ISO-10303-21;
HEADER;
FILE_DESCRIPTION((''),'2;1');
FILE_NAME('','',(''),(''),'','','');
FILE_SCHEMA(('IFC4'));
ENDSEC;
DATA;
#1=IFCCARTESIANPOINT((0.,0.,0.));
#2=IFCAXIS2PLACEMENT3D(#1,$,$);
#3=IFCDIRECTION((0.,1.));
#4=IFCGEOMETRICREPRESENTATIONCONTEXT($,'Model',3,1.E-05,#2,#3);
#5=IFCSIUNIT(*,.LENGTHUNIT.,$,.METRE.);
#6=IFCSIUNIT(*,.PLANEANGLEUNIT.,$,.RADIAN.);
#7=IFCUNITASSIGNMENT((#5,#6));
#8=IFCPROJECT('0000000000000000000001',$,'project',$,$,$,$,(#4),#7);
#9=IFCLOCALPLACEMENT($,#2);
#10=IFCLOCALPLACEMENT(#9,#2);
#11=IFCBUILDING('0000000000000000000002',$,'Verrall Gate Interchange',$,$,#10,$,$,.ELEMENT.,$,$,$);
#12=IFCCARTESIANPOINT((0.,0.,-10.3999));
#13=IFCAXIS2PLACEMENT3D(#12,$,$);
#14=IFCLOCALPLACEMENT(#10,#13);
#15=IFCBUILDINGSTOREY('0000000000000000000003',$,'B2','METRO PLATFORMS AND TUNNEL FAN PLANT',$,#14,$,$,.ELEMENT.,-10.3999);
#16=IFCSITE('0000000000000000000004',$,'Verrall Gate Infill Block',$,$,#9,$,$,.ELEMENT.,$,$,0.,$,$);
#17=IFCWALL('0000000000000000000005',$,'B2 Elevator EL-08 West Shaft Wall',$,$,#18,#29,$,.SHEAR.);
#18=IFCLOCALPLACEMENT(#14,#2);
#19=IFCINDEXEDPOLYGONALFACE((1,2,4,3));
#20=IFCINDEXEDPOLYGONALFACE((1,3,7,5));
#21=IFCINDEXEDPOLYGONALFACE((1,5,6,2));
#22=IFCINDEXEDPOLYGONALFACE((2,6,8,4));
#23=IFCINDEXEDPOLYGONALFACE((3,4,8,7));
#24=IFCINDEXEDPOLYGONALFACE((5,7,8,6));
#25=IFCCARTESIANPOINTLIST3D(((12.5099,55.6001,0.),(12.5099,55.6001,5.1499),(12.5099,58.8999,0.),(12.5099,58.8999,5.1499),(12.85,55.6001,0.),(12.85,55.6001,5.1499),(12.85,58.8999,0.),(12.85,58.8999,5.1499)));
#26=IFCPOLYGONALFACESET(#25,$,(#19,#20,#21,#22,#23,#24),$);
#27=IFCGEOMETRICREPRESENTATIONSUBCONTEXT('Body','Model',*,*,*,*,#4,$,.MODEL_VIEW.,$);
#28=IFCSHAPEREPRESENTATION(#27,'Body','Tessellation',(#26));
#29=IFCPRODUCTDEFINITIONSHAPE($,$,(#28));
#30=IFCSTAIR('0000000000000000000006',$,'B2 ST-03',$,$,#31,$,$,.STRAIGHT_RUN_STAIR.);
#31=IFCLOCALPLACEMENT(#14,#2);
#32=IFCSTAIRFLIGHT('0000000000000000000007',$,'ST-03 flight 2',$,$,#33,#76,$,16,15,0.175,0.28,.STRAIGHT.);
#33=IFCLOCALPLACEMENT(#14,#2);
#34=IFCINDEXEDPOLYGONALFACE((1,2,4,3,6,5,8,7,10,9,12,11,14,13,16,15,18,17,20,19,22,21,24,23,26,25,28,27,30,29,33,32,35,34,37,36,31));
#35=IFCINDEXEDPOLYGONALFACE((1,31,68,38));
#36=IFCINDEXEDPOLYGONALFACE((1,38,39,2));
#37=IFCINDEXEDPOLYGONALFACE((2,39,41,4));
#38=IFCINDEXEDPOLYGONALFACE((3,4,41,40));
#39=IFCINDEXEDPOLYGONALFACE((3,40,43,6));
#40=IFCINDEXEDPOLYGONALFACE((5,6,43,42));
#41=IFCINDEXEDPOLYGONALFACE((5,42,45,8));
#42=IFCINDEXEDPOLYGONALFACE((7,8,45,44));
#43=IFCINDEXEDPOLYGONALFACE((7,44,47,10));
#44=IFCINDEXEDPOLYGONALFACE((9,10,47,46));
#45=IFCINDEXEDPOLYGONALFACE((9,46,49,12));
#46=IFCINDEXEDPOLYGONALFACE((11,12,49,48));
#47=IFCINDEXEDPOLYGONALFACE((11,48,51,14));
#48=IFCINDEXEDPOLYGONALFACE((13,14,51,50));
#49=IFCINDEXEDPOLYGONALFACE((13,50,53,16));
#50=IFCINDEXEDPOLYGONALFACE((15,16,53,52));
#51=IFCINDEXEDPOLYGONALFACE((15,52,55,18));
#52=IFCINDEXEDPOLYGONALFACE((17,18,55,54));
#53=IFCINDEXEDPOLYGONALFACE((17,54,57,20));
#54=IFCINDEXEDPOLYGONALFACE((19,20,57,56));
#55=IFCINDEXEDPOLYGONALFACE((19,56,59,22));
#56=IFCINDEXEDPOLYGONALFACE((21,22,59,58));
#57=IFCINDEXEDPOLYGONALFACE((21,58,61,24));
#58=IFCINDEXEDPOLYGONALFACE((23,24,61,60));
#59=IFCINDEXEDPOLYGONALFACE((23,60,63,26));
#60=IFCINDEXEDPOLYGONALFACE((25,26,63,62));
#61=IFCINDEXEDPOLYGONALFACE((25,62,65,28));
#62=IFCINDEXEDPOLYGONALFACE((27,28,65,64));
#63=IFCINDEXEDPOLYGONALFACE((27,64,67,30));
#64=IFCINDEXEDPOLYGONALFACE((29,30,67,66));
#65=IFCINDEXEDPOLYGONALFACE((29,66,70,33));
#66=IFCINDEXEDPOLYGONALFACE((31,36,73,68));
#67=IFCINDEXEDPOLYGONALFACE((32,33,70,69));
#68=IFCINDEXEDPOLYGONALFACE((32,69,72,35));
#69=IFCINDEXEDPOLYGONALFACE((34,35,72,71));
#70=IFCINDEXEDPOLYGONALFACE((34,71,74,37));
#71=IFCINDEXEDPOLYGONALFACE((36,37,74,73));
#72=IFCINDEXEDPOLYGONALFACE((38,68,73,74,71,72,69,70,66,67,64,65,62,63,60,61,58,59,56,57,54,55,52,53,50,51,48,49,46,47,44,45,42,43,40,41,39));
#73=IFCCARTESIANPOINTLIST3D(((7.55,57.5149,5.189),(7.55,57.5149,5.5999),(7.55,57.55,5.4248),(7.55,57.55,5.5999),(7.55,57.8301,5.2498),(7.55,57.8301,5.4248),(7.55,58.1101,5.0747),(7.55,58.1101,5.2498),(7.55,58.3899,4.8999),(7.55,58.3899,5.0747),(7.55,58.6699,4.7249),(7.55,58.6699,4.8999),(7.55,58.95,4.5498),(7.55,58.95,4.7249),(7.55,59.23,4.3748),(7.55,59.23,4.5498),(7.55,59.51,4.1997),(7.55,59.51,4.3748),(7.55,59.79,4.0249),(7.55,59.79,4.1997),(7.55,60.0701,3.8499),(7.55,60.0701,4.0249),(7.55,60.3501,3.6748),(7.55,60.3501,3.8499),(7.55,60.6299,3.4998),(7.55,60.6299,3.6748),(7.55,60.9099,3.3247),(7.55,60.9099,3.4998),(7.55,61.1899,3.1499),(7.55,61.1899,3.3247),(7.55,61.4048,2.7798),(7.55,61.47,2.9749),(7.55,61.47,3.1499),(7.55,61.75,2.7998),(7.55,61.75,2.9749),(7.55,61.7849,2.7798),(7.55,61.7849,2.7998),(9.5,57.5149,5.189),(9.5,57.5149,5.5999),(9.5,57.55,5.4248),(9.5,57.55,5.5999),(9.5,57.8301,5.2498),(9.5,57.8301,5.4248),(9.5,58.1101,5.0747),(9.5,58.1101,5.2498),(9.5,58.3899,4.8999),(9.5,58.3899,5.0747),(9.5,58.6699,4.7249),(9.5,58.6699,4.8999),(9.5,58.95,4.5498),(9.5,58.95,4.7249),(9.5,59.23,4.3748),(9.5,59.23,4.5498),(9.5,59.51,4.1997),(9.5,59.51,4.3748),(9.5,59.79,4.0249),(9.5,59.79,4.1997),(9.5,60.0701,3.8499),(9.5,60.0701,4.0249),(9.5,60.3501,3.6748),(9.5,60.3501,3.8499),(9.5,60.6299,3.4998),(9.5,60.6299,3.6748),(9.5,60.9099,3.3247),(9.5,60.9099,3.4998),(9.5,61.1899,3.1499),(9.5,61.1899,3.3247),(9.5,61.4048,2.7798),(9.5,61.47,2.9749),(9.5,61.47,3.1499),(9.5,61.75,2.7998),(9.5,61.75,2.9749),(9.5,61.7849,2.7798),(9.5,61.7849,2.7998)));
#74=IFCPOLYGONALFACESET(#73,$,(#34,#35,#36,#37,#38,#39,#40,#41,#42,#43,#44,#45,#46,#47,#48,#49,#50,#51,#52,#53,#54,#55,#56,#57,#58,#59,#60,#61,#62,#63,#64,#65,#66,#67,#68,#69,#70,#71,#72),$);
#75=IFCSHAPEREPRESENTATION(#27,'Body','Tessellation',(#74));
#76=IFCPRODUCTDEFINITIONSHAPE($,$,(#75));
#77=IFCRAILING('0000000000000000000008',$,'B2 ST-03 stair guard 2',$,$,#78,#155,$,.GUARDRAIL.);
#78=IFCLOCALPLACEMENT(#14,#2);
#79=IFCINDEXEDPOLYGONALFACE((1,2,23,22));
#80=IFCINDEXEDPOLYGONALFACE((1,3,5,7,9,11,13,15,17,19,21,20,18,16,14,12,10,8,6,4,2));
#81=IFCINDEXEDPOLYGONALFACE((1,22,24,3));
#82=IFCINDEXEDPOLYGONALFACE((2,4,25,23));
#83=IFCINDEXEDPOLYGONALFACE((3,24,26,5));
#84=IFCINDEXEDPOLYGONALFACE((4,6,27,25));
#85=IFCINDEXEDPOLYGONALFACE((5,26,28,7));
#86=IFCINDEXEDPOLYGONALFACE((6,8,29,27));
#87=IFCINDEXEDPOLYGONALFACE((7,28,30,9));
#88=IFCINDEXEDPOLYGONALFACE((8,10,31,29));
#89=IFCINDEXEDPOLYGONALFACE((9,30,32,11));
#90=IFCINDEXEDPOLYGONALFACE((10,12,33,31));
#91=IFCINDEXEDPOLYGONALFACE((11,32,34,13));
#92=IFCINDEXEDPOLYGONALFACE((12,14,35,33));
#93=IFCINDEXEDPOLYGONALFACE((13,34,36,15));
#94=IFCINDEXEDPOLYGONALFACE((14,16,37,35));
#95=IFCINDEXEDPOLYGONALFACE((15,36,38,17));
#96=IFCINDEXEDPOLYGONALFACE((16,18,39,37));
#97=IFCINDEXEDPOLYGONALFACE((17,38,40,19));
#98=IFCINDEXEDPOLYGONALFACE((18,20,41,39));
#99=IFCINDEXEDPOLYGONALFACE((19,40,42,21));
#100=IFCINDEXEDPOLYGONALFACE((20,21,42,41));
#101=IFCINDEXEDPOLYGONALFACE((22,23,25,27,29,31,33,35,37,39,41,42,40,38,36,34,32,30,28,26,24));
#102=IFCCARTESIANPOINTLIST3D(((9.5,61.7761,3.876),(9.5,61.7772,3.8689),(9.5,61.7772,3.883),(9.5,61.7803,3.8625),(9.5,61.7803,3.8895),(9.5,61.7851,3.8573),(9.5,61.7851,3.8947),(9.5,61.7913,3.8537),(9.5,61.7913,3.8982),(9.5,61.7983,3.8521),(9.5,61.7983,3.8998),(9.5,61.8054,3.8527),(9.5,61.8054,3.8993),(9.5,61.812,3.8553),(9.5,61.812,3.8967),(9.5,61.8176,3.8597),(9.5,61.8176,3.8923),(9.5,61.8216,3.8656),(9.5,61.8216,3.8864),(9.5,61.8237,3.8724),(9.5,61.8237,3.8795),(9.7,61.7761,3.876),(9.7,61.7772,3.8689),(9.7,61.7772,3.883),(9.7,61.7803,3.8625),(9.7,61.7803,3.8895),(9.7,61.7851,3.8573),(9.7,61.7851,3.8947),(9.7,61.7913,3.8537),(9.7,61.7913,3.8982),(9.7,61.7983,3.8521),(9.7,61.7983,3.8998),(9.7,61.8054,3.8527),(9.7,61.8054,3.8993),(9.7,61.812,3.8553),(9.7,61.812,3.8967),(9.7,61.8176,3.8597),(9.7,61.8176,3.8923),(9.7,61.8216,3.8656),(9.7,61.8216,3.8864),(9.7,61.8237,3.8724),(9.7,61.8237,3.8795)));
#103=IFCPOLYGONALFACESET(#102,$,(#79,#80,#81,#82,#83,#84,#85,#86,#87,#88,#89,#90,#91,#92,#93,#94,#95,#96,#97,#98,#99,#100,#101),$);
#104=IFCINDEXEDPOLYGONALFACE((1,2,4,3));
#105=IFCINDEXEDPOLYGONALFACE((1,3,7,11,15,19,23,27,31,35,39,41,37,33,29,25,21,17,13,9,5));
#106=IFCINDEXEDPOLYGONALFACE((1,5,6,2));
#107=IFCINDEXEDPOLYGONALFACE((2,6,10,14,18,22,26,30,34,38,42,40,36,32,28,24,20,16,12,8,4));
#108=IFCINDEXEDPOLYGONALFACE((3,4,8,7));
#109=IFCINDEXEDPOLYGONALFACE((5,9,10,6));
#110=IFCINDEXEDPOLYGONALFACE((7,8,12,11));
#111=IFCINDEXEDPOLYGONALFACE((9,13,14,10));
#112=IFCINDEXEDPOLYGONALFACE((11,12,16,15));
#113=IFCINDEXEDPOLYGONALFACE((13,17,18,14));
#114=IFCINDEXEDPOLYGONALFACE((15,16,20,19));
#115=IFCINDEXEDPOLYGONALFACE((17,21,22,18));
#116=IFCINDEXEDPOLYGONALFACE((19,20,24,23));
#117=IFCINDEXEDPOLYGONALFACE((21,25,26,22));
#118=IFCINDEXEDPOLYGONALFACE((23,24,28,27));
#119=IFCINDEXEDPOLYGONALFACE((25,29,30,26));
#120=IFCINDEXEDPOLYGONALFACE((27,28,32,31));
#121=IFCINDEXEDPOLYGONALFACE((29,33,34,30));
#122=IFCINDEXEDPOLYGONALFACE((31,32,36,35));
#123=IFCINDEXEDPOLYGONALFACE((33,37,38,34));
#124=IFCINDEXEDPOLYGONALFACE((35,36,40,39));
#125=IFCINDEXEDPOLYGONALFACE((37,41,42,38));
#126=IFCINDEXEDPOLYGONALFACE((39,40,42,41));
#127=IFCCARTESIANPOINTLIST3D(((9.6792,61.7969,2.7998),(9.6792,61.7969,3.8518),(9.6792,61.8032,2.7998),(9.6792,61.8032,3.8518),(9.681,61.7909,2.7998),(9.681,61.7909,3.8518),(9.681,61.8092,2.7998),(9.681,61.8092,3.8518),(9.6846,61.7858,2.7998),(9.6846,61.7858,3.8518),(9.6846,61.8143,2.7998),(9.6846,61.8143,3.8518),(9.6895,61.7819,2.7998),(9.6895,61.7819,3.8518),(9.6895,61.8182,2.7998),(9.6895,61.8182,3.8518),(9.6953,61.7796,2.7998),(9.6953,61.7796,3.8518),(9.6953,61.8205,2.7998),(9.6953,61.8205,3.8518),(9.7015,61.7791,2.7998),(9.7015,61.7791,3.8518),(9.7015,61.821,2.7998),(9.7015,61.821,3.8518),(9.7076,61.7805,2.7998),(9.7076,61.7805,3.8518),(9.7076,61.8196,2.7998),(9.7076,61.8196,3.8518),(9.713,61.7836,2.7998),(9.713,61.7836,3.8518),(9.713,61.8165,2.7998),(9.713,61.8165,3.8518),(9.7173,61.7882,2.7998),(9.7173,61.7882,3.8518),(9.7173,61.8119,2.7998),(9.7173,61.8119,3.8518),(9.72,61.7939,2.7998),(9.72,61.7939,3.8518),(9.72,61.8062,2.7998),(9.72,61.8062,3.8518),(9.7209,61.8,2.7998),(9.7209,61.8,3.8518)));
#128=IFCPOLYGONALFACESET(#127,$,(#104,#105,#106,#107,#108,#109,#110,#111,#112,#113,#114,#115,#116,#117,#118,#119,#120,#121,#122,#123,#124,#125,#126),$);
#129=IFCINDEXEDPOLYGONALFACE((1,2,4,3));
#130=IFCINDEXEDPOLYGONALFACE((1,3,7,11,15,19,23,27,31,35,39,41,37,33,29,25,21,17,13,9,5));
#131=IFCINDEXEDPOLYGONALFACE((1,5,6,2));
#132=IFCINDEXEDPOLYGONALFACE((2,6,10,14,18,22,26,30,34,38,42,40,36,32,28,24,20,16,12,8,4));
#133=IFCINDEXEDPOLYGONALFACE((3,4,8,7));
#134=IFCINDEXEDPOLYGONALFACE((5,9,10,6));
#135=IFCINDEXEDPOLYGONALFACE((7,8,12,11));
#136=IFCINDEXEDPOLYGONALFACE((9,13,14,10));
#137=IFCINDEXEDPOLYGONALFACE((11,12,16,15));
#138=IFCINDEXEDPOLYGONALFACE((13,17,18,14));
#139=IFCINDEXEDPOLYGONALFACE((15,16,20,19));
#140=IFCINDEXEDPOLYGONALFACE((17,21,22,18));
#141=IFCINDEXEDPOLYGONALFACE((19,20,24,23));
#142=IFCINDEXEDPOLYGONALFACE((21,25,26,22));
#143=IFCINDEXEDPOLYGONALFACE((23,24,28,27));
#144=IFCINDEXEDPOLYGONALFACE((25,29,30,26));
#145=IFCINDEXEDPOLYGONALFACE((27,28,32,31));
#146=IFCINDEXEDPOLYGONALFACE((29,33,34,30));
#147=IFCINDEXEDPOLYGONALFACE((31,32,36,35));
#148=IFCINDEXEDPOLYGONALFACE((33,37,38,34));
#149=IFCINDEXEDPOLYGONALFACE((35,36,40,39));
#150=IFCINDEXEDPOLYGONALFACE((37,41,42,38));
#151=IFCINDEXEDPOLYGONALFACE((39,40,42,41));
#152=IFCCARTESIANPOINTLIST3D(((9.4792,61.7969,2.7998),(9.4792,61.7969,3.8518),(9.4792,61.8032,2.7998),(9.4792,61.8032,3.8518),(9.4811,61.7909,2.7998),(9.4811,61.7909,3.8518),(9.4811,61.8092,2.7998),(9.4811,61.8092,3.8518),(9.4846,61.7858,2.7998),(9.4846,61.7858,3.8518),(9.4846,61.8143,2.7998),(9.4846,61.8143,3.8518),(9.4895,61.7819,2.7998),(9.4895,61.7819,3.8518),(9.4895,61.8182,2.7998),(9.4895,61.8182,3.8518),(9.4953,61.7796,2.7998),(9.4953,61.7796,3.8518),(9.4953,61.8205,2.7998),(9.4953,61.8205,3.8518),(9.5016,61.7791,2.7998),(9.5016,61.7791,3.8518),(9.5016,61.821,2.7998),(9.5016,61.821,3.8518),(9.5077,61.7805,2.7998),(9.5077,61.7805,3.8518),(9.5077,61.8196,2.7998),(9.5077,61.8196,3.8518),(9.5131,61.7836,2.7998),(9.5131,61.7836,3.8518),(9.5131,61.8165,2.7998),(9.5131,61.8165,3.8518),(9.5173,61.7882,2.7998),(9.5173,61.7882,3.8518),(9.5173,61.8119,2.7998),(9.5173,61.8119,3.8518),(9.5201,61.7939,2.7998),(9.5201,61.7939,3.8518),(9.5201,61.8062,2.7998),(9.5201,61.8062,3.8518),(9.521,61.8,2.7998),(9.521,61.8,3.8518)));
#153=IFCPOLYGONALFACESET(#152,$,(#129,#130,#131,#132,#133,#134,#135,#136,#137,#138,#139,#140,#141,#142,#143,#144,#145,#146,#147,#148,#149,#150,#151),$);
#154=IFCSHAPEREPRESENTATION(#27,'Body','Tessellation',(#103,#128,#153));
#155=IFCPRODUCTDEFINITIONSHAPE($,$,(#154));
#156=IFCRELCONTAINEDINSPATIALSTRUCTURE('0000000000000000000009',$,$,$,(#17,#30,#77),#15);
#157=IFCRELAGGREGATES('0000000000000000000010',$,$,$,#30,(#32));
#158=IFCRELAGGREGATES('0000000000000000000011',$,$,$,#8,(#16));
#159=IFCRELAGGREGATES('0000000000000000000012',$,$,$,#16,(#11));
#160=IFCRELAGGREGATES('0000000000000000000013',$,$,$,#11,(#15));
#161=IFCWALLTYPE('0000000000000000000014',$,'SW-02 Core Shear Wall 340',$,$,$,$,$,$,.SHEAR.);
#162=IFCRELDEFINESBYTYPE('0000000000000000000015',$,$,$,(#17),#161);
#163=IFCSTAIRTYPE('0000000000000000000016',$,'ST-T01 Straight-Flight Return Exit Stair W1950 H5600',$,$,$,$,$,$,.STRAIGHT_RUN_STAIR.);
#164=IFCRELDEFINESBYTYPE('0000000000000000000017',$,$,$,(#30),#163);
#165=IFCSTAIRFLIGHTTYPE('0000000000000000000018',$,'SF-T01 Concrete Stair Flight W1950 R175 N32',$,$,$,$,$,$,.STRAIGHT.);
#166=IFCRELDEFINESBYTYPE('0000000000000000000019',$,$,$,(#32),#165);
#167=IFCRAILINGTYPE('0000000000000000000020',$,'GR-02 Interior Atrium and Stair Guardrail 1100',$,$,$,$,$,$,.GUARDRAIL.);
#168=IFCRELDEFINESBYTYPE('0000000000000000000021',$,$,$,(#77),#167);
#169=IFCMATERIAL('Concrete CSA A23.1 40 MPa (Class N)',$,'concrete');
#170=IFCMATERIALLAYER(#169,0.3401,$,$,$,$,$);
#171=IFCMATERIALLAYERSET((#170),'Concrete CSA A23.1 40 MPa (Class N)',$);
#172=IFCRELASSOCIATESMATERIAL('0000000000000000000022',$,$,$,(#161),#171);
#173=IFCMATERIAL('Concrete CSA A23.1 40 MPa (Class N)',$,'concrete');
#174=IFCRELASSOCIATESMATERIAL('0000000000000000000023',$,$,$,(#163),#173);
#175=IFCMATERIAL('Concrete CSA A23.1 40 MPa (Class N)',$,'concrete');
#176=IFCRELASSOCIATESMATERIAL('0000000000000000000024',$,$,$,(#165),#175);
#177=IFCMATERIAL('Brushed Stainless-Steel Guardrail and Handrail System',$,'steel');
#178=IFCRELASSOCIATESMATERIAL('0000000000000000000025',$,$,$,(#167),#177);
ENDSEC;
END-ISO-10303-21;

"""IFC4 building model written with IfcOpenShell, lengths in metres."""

from ifc_helpers import new_model, si_unit, direction, frame, frame_2d, origin, origin_2d, place, context, subcontext, project, spatial, polyline, rectangle, circle, outline, extrude, material, layer, layer_set, type_object, element, aggregate, save


model = new_model("IFC4")

# Units and contexts
model_context = context("Model", 3, precision=1e-05, world=origin(), true_north=direction((0.0, 1.0)))
body_context = subcontext(model_context, "Body", "Model", "MODEL_VIEW")
ifc_project = project(units=[si_unit("LENGTHUNIT", "METRE"), si_unit("PLANEANGLEUNIT", "RADIAN")], contexts=[model_context])

# Site, building, storey
site_placement = place(None, origin())
site = spatial("IfcSite", under=ifc_project, at=site_placement, Name="Verrall Gate Infill Block", CompositionType="ELEMENT", RefElevation=0.0)
building_placement = place(site_placement, origin())
building = spatial("IfcBuilding", under=site, at=building_placement, Name="Verrall Gate Interchange", CompositionType="ELEMENT")
storey_placement = place(building_placement, frame((0.0, 0.0, -10.3999)))
storey = spatial("IfcBuildingStorey", under=building, at=storey_placement, Name="B2", Description="METRO PLATFORMS AND TUNNEL FAN PLANT", CompositionType="ELEMENT", Elevation=-10.3999)

# Wall
ifc_material_1 = material(Name="Concrete CSA A23.1 40 MPa (Class N)", Category="concrete")
ifc_layer_1 = layer(ifc_material_1, 0.3401)
ifc_layer_set_1 = layer_set([ifc_layer_1], Name="Concrete CSA A23.1 40 MPa (Class N)")
wall_type_1 = type_object("IfcWallType", Name="SW-02 Core Shear Wall 340", PredefinedType="SHEAR", material=ifc_layer_set_1)
wall_1_placement = place(storey_placement, frame((12.6799, 58.8999, 0.0), z_axis=(0.0, 0.0, 1.0), x_axis=(0.0, -1.0, 0.0)))
element("IfcWall", 1, at=wall_1_placement, inside=storey, type_object=wall_type_1, Name="B2 Elevator EL-08 West Shaft Wall", PredefinedType="SHEAR", context=body_context, shape_type="SweptSolid", body=[
    extrude(rectangle(XDim=3.2998, YDim=0.3401, at=frame_2d((1.6499, 0.0))), origin(), (0.0, 0.0, 1.0), 5.1499),
])

# Stair, stair flight
ifc_material_2 = material(Name="Concrete CSA A23.1 40 MPa (Class N)", Category="concrete")
stair_type = type_object("IfcStairType", Name="ST-T01 Straight-Flight Return Exit Stair W1950 H5600", PredefinedType="STRAIGHT_RUN_STAIR", material=ifc_material_2)
stair_placement = place(storey_placement, origin())
stair = element("IfcStair", 2, at=stair_placement, inside=storey, type_object=stair_type, Name="B2 ST-03", PredefinedType="STRAIGHT_RUN_STAIR")
ifc_material_3 = material(Name="Concrete CSA A23.1 40 MPa (Class N)", Category="concrete")
stair_flight_type = type_object("IfcStairFlightType", Name="SF-T01 Concrete Stair Flight W1950 R175 N32", PredefinedType="STRAIGHT", material=ifc_material_3)
stair_flight_placement = place(storey_placement, frame((8.5249, 61.75, 2.7998), z_axis=(0.0, 0.0, 1.0), x_axis=(0.0, -1.0, 0.0)))
stair_flight = element("IfcStairFlight", 3, at=stair_flight_placement, type_object=stair_flight_type, Name="ST-03 flight 2", NumberOfRisers=16, NumberOfTreads=15, PredefinedType="STRAIGHT", RiserHeight=0.175, TreadLength=0.28, context=body_context, shape_type="SweptSolid", body=[
    extrude(outline(polyline([(-0.0349, -0.02), (-0.0349, 0.0), (0.0, 0.0), (0.0, 0.175), (0.28, 0.175), (0.28, 0.3501), (0.5601, 0.3501), (0.5601, 0.5249), (0.8401, 0.5249), (0.8401, 0.7), (1.1201, 0.7), (1.1201, 0.875), (1.3999, 0.875), (1.3999, 1.05), (1.6799, 1.05), (1.6799, 1.2251), (1.96, 1.2251), (1.96, 1.3999), (2.24, 1.3999), (2.24, 1.575), (2.52, 1.575), (2.52, 1.75), (2.8, 1.75), (2.8, 1.925), (3.0801, 1.925), (3.0801, 2.1001), (3.3601, 2.1001), (3.3601, 2.2749), (3.6399, 2.2749), (3.6399, 2.45), (3.9199, 2.45), (3.9199, 2.625), (4.2, 2.625), (4.2, 2.8), (4.2351, 2.8), (4.2351, 2.3892), (0.3452, -0.02), (-0.0349, -0.02)])), frame((0.0, 0.9751, 0.0), z_axis=(0.0, -1.0, 0.0), x_axis=(1.0, 0.0, 0.0)), (0.0, 0.0, 1.0), 1.95),
])
aggregate(stair, [stair_flight])

# Railing
ifc_material_4 = material(Name="Brushed Stainless-Steel Guardrail and Handrail System", Category="steel")
railing_type_1 = type_object("IfcRailingType", Name="GR-02 Interior Atrium and Stair Guardrail 1100", PredefinedType="GUARDRAIL", material=ifc_material_4)
railing_1_placement = place(storey_placement, frame((9.7, 61.8, 2.7998)))
element("IfcRailing", 4, at=railing_1_placement, inside=storey, type_object=railing_type_1, Name="B2 ST-03 stair guard 2", PredefinedType="GUARDRAIL", context=body_context, shape_type="SweptSolid", body=[
    extrude(circle(Radius=0.0239, at=origin_2d()), frame((0.0, 0.0, 1.0762), z_axis=(-1.0, 0.0, 0.0), x_axis=(0.0, -1.0, 0.0)), (0.0, 0.0, 1.0), 0.2),
    extrude(circle(Radius=0.021, at=origin_2d()), origin(), (0.0, 0.0, 1.0), 1.052),
    extrude(circle(Radius=0.021, at=origin_2d()), frame((-0.2, 0.0, 0.0)), (0.0, 0.0, 1.0), 1.052),
])

save(model, "model.ifc")
